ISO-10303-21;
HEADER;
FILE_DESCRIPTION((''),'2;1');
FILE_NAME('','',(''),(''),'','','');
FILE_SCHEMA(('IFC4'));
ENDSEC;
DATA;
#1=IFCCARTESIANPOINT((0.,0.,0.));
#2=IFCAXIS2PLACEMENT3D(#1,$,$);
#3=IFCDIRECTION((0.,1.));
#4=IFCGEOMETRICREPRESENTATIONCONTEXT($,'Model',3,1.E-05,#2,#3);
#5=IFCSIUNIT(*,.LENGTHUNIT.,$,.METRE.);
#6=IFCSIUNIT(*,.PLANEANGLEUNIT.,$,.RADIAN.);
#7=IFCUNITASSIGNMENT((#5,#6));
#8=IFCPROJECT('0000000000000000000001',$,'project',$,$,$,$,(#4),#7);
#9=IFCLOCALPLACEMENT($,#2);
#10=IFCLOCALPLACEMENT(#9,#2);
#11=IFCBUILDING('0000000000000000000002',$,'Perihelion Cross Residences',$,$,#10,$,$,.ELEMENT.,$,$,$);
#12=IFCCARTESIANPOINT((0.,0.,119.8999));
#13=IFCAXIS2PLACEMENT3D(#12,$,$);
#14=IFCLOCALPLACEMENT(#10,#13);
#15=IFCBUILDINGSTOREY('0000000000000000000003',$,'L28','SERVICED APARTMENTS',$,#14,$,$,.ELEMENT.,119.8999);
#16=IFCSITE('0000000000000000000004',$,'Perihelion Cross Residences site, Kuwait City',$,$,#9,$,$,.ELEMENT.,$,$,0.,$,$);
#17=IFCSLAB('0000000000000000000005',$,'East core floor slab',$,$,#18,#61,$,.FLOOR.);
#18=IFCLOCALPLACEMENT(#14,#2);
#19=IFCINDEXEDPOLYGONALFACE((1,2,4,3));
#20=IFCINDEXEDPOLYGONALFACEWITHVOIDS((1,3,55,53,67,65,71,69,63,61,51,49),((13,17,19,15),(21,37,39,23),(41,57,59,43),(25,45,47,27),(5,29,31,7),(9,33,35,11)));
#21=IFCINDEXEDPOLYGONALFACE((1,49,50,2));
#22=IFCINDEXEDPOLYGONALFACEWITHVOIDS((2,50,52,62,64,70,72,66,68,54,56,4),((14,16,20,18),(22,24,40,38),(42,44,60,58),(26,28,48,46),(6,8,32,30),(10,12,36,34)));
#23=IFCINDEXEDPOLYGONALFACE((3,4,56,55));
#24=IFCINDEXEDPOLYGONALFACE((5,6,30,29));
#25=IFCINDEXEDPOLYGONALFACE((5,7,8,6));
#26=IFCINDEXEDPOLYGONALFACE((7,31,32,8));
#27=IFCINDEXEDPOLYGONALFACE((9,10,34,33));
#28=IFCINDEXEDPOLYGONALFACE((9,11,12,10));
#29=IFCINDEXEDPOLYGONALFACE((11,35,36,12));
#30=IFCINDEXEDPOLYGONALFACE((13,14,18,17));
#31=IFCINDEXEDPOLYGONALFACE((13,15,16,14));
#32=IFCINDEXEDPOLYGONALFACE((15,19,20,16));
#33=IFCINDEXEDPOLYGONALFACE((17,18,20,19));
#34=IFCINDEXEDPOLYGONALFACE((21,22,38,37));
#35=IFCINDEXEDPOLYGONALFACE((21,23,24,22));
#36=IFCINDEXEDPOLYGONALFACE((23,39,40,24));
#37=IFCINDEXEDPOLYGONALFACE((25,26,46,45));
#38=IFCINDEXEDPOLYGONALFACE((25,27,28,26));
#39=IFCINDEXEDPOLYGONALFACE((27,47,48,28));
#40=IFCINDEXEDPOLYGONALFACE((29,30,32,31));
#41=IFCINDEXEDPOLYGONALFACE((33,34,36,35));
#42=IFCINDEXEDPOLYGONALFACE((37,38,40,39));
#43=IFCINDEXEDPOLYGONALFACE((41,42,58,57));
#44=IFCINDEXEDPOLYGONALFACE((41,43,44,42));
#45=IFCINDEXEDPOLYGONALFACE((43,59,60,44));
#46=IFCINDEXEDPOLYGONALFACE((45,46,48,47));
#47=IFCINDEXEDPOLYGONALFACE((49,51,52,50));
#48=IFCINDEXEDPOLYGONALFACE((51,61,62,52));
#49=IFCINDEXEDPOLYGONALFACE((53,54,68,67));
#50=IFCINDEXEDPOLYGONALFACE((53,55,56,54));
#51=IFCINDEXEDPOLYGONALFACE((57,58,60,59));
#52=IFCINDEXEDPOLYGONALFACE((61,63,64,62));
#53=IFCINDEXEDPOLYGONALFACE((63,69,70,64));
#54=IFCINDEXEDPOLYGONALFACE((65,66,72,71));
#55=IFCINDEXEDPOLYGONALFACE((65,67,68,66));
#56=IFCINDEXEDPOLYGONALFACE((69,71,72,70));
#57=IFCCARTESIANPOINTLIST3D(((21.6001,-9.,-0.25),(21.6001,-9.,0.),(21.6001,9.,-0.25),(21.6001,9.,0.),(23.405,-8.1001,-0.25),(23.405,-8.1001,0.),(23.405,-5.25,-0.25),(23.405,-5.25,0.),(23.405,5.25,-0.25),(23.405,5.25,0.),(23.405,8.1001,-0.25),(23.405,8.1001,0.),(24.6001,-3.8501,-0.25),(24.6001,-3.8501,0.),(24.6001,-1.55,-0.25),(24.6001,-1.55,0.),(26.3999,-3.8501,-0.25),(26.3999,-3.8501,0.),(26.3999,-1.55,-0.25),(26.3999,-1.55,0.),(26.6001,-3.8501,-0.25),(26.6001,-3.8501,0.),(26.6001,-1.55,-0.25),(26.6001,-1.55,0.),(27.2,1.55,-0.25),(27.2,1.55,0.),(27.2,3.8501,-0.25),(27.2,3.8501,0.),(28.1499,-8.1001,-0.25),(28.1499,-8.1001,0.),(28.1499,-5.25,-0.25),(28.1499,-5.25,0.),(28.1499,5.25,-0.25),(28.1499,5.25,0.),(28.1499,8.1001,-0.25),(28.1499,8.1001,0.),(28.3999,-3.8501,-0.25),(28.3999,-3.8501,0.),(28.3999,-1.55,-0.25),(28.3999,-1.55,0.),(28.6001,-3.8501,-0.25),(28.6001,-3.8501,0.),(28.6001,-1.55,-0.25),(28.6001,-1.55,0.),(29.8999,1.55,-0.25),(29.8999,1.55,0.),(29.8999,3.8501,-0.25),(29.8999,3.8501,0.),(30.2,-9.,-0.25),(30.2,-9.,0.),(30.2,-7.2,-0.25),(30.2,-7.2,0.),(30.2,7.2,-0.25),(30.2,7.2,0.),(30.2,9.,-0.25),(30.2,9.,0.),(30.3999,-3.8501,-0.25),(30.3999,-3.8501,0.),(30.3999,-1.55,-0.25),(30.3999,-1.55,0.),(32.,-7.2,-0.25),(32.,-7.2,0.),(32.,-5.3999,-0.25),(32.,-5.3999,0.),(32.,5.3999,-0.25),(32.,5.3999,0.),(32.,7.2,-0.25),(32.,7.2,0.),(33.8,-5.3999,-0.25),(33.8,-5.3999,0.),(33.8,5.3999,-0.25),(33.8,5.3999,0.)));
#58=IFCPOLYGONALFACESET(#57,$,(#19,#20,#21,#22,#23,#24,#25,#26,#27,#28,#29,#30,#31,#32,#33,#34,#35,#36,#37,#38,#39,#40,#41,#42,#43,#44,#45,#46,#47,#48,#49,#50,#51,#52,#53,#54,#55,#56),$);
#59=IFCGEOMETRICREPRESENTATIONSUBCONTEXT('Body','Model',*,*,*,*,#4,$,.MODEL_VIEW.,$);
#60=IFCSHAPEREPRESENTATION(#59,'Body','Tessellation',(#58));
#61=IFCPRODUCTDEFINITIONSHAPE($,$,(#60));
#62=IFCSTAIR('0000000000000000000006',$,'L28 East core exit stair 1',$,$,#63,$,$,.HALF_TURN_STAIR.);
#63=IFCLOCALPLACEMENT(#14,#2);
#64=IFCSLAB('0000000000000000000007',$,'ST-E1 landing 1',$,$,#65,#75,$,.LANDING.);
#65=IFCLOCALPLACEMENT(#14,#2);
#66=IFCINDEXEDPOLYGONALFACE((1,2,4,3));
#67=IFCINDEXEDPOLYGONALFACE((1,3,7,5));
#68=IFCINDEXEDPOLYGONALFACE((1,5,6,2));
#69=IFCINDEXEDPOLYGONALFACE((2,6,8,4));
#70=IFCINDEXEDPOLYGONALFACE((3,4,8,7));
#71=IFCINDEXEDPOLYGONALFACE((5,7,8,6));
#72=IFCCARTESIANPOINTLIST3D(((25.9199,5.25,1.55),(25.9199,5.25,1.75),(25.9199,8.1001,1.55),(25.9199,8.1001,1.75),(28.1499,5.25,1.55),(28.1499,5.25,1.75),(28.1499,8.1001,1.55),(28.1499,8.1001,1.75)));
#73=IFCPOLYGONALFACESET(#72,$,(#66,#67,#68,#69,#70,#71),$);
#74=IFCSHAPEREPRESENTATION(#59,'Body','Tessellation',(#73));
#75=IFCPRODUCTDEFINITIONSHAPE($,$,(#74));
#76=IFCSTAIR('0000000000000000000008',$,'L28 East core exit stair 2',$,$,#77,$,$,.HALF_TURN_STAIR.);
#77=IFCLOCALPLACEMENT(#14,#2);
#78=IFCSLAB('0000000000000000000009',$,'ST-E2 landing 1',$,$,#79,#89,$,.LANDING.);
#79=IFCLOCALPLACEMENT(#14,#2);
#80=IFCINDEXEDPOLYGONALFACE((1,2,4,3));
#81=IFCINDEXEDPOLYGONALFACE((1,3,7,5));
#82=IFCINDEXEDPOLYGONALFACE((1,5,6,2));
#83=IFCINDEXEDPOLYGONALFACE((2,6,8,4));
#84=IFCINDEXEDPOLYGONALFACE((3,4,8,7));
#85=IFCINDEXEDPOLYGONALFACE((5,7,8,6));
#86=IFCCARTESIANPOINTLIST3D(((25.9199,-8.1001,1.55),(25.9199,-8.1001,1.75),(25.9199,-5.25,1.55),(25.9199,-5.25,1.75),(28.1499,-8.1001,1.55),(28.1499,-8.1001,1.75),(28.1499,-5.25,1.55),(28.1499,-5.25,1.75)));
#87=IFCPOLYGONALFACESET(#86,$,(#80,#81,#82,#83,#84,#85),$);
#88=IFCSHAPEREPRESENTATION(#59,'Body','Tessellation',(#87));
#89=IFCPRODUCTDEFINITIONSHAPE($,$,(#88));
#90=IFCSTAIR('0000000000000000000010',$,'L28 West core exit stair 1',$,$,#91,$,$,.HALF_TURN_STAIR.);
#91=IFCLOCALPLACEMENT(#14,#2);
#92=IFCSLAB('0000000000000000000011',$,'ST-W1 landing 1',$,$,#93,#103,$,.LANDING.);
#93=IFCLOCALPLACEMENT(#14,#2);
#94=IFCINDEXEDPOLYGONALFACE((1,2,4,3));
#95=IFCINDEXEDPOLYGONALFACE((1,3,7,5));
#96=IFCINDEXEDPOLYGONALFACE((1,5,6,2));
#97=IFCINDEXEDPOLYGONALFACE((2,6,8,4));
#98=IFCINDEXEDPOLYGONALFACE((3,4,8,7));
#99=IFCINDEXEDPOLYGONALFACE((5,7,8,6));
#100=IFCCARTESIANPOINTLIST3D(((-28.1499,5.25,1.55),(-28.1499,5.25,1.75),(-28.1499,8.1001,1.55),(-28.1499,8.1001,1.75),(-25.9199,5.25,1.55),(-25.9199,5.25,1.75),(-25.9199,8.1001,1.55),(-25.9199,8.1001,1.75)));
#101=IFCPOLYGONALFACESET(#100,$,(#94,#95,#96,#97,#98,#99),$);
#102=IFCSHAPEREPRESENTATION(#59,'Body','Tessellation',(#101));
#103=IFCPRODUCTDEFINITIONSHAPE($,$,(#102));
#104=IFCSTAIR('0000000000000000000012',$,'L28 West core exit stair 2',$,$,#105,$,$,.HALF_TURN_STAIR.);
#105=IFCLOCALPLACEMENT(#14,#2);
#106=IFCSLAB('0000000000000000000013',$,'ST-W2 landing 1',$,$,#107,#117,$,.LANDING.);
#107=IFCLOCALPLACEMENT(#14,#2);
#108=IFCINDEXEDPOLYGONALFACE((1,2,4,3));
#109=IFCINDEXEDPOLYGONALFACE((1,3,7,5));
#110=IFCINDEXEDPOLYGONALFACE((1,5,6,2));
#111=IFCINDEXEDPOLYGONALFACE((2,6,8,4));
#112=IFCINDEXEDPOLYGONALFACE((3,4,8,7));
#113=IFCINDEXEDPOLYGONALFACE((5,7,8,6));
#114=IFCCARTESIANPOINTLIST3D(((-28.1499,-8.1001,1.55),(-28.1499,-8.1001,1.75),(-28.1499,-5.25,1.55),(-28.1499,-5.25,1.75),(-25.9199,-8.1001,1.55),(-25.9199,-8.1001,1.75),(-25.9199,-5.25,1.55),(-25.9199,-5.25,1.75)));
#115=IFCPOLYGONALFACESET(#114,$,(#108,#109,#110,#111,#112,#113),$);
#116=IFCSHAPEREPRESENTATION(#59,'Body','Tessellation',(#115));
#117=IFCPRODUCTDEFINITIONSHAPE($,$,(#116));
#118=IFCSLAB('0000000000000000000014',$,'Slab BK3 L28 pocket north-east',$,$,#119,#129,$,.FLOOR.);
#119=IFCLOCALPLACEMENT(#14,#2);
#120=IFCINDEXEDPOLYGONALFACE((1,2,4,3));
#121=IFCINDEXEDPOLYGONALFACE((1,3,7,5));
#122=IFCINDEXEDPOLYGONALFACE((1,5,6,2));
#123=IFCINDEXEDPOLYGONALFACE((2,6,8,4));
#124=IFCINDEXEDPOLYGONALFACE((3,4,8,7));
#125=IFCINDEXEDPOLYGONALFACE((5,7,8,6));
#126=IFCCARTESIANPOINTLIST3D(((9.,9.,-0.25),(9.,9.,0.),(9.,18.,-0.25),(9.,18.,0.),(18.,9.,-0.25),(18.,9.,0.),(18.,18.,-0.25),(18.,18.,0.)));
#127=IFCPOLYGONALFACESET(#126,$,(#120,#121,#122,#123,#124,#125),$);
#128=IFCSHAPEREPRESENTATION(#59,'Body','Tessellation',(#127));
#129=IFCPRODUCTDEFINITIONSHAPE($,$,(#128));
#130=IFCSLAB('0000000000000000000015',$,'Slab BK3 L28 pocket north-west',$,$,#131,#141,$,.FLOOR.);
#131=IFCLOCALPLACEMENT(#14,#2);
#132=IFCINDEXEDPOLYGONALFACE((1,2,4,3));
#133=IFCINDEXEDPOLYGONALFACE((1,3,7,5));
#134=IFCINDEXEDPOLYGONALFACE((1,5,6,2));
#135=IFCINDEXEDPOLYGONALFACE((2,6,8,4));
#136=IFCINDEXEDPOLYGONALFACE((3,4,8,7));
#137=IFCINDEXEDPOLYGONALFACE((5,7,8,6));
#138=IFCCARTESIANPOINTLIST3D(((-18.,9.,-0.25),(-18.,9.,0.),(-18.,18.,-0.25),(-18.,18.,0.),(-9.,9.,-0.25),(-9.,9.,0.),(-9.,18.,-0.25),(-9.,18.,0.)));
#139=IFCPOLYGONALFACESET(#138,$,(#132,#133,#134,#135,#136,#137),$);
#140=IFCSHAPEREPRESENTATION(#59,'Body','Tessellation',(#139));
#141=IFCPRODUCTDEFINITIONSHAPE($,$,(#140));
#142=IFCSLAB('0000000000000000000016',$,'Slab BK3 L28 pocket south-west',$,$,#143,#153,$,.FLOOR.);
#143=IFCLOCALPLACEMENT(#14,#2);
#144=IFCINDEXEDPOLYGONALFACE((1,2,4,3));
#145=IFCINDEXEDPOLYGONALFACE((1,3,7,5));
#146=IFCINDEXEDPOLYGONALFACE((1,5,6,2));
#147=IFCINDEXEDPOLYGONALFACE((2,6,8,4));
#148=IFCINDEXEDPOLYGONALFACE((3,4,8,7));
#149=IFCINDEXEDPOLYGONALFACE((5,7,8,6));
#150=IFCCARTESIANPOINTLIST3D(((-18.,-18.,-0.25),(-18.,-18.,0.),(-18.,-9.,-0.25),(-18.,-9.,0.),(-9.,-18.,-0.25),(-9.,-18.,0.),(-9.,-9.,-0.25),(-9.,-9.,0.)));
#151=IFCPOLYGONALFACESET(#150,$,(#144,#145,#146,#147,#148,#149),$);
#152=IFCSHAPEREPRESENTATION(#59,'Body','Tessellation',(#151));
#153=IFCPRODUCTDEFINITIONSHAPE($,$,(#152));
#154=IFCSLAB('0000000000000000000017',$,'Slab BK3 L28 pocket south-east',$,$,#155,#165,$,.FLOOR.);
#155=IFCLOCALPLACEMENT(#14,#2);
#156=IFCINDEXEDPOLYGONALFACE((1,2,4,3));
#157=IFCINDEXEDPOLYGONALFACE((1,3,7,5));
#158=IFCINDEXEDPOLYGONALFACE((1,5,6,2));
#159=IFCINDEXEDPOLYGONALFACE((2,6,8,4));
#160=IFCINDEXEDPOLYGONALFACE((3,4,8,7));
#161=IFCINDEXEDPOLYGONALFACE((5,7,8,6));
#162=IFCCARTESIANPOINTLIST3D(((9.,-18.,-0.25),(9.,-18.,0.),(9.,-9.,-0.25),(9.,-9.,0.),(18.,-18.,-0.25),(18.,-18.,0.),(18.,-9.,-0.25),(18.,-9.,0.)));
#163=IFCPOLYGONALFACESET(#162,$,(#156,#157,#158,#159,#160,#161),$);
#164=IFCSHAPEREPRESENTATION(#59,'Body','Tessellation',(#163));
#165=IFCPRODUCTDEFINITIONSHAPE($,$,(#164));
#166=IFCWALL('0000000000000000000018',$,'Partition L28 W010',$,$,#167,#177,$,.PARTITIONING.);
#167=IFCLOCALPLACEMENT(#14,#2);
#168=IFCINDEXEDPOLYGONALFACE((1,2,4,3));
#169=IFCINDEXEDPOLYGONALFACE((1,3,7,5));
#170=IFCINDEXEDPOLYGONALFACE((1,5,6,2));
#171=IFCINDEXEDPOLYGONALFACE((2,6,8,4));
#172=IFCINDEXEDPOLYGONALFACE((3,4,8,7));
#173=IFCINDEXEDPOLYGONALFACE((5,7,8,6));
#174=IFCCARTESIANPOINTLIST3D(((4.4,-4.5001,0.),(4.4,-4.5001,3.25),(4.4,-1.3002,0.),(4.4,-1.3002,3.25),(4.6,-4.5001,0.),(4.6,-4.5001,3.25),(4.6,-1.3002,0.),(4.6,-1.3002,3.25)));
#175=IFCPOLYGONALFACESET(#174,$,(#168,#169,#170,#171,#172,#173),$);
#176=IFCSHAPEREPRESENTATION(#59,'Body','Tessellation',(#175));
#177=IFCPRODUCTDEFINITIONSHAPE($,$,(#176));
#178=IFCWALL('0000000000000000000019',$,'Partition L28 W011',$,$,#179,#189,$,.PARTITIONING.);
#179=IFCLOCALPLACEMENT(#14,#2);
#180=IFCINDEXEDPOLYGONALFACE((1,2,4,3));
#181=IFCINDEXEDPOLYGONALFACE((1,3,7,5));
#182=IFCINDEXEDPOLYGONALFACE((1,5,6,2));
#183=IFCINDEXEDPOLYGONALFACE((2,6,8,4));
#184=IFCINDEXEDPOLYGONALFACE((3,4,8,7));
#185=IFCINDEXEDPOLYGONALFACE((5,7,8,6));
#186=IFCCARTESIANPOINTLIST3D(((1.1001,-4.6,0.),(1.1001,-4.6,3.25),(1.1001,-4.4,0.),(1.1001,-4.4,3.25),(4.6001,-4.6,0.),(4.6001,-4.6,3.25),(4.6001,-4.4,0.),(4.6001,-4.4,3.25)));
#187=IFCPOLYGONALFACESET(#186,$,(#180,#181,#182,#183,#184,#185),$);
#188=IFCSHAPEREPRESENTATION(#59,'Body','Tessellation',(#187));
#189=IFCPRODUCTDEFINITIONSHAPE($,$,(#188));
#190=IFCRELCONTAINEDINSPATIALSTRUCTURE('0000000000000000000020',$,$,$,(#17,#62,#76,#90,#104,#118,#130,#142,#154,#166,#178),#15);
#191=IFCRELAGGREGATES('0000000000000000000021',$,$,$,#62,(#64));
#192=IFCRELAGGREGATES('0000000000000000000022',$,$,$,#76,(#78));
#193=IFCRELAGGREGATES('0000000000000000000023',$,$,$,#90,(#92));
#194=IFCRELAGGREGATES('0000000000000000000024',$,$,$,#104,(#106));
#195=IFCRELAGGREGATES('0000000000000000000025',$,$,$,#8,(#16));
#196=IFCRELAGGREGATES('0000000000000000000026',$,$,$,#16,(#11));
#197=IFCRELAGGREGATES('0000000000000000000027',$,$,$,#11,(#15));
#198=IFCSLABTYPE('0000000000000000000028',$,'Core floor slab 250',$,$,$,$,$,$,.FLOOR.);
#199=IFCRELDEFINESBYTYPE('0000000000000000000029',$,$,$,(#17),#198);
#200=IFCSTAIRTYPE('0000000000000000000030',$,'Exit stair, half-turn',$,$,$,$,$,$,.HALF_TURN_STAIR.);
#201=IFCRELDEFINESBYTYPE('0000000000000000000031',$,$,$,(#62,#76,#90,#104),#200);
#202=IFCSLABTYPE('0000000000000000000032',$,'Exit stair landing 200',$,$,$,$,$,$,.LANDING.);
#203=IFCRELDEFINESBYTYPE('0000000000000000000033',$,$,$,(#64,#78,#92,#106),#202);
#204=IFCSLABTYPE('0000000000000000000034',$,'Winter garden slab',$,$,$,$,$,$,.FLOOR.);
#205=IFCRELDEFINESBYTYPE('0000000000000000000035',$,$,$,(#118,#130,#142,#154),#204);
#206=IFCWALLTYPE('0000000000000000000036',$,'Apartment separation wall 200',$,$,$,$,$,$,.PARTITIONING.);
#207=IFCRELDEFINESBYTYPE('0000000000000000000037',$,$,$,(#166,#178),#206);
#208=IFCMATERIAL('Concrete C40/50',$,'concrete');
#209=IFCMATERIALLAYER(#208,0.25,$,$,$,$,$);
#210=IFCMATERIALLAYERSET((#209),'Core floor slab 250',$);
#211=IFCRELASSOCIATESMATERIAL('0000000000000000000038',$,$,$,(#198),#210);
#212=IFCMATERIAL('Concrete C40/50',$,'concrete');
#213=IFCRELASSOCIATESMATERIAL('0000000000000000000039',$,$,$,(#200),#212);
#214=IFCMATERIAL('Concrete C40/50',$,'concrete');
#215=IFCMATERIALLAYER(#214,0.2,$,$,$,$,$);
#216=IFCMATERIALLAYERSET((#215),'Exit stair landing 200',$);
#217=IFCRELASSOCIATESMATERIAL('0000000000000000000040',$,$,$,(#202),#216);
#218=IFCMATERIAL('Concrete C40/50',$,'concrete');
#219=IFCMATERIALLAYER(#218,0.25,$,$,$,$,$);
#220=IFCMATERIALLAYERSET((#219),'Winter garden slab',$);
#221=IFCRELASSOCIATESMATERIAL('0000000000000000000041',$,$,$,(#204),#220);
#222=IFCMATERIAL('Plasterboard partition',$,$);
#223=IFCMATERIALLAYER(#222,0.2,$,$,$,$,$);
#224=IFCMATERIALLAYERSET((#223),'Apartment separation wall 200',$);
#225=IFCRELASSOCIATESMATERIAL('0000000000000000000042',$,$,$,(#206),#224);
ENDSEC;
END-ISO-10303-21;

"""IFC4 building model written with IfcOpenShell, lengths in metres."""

from ifc_helpers import new_model, si_unit, direction, frame, frame_2d, origin, place, context, subcontext, project, spatial, polyline, rectangle, outline, extrude, material, layer, layer_set, type_object, element, aggregate, save


model = new_model("IFC4")

# Units and contexts
model_context = context("Model", 3, precision=1e-05, world=origin(), true_north=direction((0.0, 1.0)))
body_context = subcontext(model_context, "Body", "Model", "MODEL_VIEW")
ifc_project = project(units=[si_unit("LENGTHUNIT", "METRE"), si_unit("PLANEANGLEUNIT", "RADIAN")], contexts=[model_context])

# Site, building, storey
site_placement = place(None, origin())
site = spatial("IfcSite", under=ifc_project, at=site_placement, Name="Perihelion Cross Residences site, Kuwait City", CompositionType="ELEMENT", RefElevation=0.0)
building_placement = place(site_placement, origin())
building = spatial("IfcBuilding", under=site, at=building_placement, Name="Perihelion Cross Residences", CompositionType="ELEMENT")
storey_placement = place(building_placement, frame((0.0, 0.0, 119.8999)))
storey = spatial("IfcBuildingStorey", under=building, at=storey_placement, Name="L28", Description="SERVICED APARTMENTS", CompositionType="ELEMENT", Elevation=119.8999)

# Slab
ifc_material_1 = material(Name="Concrete C40/50", Category="concrete")
ifc_layer_1 = layer(ifc_material_1, 0.25)
ifc_layer_set_1 = layer_set([ifc_layer_1], Name="Core floor slab 250")
slab_type_1 = type_object("IfcSlabType", Name="Core floor slab 250", PredefinedType="FLOOR", material=ifc_layer_set_1)
slab_1_placement = place(storey_placement, frame((0.0, 0.0, -0.25)))
element("IfcSlab", 1, at=slab_1_placement, inside=storey, type_object=slab_type_1, Name="East core floor slab", PredefinedType="FLOOR", context=body_context, shape_type="SweptSolid", body=[
    extrude(outline(polyline([(30.2, 7.2), (32.0, 7.2), (32.0, 5.3999), (33.8, 5.3999), (33.8, -5.3999), (32.0, -5.3999), (32.0, -7.2), (30.2, -7.2), (30.2, -9.0), (21.6001, -9.0), (21.6001, 9.0), (30.2, 9.0), (30.2, 7.2)]), holes=[polyline([(28.1499, -8.1001), (28.1499, -5.25), (23.405, -5.25), (23.405, -8.1001), (28.1499, -8.1001)]), polyline([(24.6001, -1.55), (24.6001, -3.8501), (26.3999, -3.8501), (26.3999, -1.55), (24.6001, -1.55)]), polyline([(26.6001, -1.55), (26.6001, -3.8501), (28.3999, -3.8501), (28.3999, -1.55), (26.6001, -1.55)]), polyline([(28.6001, -3.8501), (30.3999, -3.8501), (30.3999, -1.55), (28.6001, -1.55), (28.6001, -3.8501)]), polyline([(27.2, 3.8501), (27.2, 1.55), (29.8999, 1.55), (29.8999, 3.8501), (27.2, 3.8501)]), polyline([(23.405, 5.25), (28.1499, 5.25), (28.1499, 8.1001), (23.405, 8.1001), (23.405, 5.25)])]), origin(), (0.0, 0.0, 1.0), 0.25),
])

# Stairs, slabs
ifc_material_2 = material(Name="Concrete C40/50", Category="concrete")
stair_type = type_object("IfcStairType", Name="Exit stair, half-turn", PredefinedType="HALF_TURN_STAIR", material=ifc_material_2)
stair_1_placement = place(storey_placement, origin())
stair_1 = element("IfcStair", 2, at=stair_1_placement, inside=storey, type_object=stair_type, Name="L28 East core exit stair 1", PredefinedType="HALF_TURN_STAIR")
ifc_material_3 = material(Name="Concrete C40/50", Category="concrete")
ifc_layer_2 = layer(ifc_material_3, 0.2)
ifc_layer_set_2 = layer_set([ifc_layer_2], Name="Exit stair landing 200")
slab_type_2 = type_object("IfcSlabType", Name="Exit stair landing 200", PredefinedType="LANDING", material=ifc_layer_set_2)
slab_2_placement = place(storey_placement, frame((0.0, 0.0, 1.55)))
slab_2 = element("IfcSlab", 3, at=slab_2_placement, type_object=slab_type_2, Name="ST-E1 landing 1", PredefinedType="LANDING", context=body_context, shape_type="SweptSolid", body=[
    extrude(outline(polyline([(25.9199, 5.25), (28.1499, 5.25), (28.1499, 8.1001), (25.9199, 8.1001), (25.9199, 5.25)])), origin(), (0.0, 0.0, 1.0), 0.2),
])
aggregate(stair_1, [slab_2])
stair_2_placement = place(storey_placement, origin())
stair_2 = element("IfcStair", 4, at=stair_2_placement, inside=storey, type_object=stair_type, Name="L28 East core exit stair 2", PredefinedType="HALF_TURN_STAIR")
slab_3_placement = place(storey_placement, frame((0.0, 0.0, 1.55)))
slab_3 = element("IfcSlab", 5, at=slab_3_placement, type_object=slab_type_2, Name="ST-E2 landing 1", PredefinedType="LANDING", context=body_context, shape_type="SweptSolid", body=[
    extrude(outline(polyline([(25.9199, -8.1001), (28.1499, -8.1001), (28.1499, -5.25), (25.9199, -5.25), (25.9199, -8.1001)])), origin(), (0.0, 0.0, 1.0), 0.2),
])
aggregate(stair_2, [slab_3])
stair_3_placement = place(storey_placement, origin())
stair_3 = element("IfcStair", 6, at=stair_3_placement, inside=storey, type_object=stair_type, Name="L28 West core exit stair 1", PredefinedType="HALF_TURN_STAIR")
slab_4_placement = place(storey_placement, frame((0.0, 0.0, 1.55)))
slab_4 = element("IfcSlab", 7, at=slab_4_placement, type_object=slab_type_2, Name="ST-W1 landing 1", PredefinedType="LANDING", context=body_context, shape_type="SweptSolid", body=[
    extrude(outline(polyline([(-25.9199, 8.1001), (-28.1499, 8.1001), (-28.1499, 5.25), (-25.9199, 5.25), (-25.9199, 8.1001)])), origin(), (0.0, 0.0, 1.0), 0.2),
])
aggregate(stair_3, [slab_4])
stair_4_placement = place(storey_placement, origin())
stair_4 = element("IfcStair", 8, at=stair_4_placement, inside=storey, type_object=stair_type, Name="L28 West core exit stair 2", PredefinedType="HALF_TURN_STAIR")
slab_5_placement = place(storey_placement, frame((0.0, 0.0, 1.55)))
slab_5 = element("IfcSlab", 9, at=slab_5_placement, type_object=slab_type_2, Name="ST-W2 landing 1", PredefinedType="LANDING", context=body_context, shape_type="SweptSolid", body=[
    extrude(outline(polyline([(-25.9199, -5.25), (-28.1499, -5.25), (-28.1499, -8.1001), (-25.9199, -8.1001), (-25.9199, -5.25)])), origin(), (0.0, 0.0, 1.0), 0.2),
])
aggregate(stair_4, [slab_5])

# Slabs
ifc_material_4 = material(Name="Concrete C40/50", Category="concrete")
ifc_layer_3 = layer(ifc_material_4, 0.25)
ifc_layer_set_3 = layer_set([ifc_layer_3], Name="Winter garden slab")
slab_type_3 = type_object("IfcSlabType", Name="Winter garden slab", PredefinedType="FLOOR", material=ifc_layer_set_3)
slab_6_placement = place(storey_placement, frame((0.0, 0.0, -0.25)))
element("IfcSlab", 10, at=slab_6_placement, inside=storey, type_object=slab_type_3, Name="Slab BK3 L28 pocket north-east", PredefinedType="FLOOR", context=body_context, shape_type="SweptSolid", body=[
    extrude(outline(polyline([(18.0, 9.0), (18.0, 18.0), (9.0, 18.0), (9.0, 9.0), (18.0, 9.0)])), origin(), (0.0, 0.0, 1.0), 0.25),
])
slab_7_placement = place(storey_placement, frame((0.0, 0.0, -0.25)))
element("IfcSlab", 11, at=slab_7_placement, inside=storey, type_object=slab_type_3, Name="Slab BK3 L28 pocket north-west", PredefinedType="FLOOR", context=body_context, shape_type="SweptSolid", body=[
    extrude(outline(polyline([(-9.0, 9.0), (-9.0, 18.0), (-18.0, 18.0), (-18.0, 9.0), (-9.0, 9.0)])), origin(), (0.0, 0.0, 1.0), 0.25),
])
slab_8_placement = place(storey_placement, frame((0.0, 0.0, -0.25)))
element("IfcSlab", 12, at=slab_8_placement, inside=storey, type_object=slab_type_3, Name="Slab BK3 L28 pocket south-west", PredefinedType="FLOOR", context=body_context, shape_type="SweptSolid", body=[
    extrude(outline(polyline([(-9.0, -18.0), (-9.0, -9.0), (-18.0, -9.0), (-18.0, -18.0), (-9.0, -18.0)])), origin(), (0.0, 0.0, 1.0), 0.25),
])
slab_9_placement = place(storey_placement, frame((0.0, 0.0, -0.25)))
element("IfcSlab", 13, at=slab_9_placement, inside=storey, type_object=slab_type_3, Name="Slab BK3 L28 pocket south-east", PredefinedType="FLOOR", context=body_context, shape_type="SweptSolid", body=[
    extrude(outline(polyline([(18.0, -18.0), (18.0, -9.0), (9.0, -9.0), (9.0, -18.0), (18.0, -18.0)])), origin(), (0.0, 0.0, 1.0), 0.25),
])

# Walls
ifc_material_5 = material(Name="Plasterboard partition")
ifc_layer_4 = layer(ifc_material_5, 0.2)
ifc_layer_set_4 = layer_set([ifc_layer_4], Name="Apartment separation wall 200")
wall_type_1 = type_object("IfcWallType", Name="Apartment separation wall 200", PredefinedType="PARTITIONING", material=ifc_layer_set_4)
wall_1_placement = place(storey_placement, frame((4.5, -1.3, 0.0), z_axis=(0.0, 0.0, 1.0), x_axis=(0.0, -1.0, 0.0)))
element("IfcWall", 14, at=wall_1_placement, inside=storey, type_object=wall_type_1, Name="Partition L28 W010", PredefinedType="PARTITIONING", context=body_context, shape_type="SweptSolid", body=[
    extrude(rectangle(XDim=3.2, YDim=0.2, at=frame_2d((1.6001, 0.0))), origin(), (0.0, 0.0, 1.0), 3.25),
])
wall_2_placement = place(storey_placement, frame((4.6001, -4.5, 0.0), z_axis=(0.0, 0.0, 1.0), x_axis=(-1.0, 0.0, 0.0)))
element("IfcWall", 15, at=wall_2_placement, inside=storey, type_object=wall_type_1, Name="Partition L28 W011", PredefinedType="PARTITIONING", context=body_context, shape_type="SweptSolid", body=[
    extrude(rectangle(XDim=3.5, YDim=0.2, at=frame_2d((1.75, 0.0))), origin(), (0.0, 0.0, 1.0), 3.25),
])

save(model, "model.ifc")
